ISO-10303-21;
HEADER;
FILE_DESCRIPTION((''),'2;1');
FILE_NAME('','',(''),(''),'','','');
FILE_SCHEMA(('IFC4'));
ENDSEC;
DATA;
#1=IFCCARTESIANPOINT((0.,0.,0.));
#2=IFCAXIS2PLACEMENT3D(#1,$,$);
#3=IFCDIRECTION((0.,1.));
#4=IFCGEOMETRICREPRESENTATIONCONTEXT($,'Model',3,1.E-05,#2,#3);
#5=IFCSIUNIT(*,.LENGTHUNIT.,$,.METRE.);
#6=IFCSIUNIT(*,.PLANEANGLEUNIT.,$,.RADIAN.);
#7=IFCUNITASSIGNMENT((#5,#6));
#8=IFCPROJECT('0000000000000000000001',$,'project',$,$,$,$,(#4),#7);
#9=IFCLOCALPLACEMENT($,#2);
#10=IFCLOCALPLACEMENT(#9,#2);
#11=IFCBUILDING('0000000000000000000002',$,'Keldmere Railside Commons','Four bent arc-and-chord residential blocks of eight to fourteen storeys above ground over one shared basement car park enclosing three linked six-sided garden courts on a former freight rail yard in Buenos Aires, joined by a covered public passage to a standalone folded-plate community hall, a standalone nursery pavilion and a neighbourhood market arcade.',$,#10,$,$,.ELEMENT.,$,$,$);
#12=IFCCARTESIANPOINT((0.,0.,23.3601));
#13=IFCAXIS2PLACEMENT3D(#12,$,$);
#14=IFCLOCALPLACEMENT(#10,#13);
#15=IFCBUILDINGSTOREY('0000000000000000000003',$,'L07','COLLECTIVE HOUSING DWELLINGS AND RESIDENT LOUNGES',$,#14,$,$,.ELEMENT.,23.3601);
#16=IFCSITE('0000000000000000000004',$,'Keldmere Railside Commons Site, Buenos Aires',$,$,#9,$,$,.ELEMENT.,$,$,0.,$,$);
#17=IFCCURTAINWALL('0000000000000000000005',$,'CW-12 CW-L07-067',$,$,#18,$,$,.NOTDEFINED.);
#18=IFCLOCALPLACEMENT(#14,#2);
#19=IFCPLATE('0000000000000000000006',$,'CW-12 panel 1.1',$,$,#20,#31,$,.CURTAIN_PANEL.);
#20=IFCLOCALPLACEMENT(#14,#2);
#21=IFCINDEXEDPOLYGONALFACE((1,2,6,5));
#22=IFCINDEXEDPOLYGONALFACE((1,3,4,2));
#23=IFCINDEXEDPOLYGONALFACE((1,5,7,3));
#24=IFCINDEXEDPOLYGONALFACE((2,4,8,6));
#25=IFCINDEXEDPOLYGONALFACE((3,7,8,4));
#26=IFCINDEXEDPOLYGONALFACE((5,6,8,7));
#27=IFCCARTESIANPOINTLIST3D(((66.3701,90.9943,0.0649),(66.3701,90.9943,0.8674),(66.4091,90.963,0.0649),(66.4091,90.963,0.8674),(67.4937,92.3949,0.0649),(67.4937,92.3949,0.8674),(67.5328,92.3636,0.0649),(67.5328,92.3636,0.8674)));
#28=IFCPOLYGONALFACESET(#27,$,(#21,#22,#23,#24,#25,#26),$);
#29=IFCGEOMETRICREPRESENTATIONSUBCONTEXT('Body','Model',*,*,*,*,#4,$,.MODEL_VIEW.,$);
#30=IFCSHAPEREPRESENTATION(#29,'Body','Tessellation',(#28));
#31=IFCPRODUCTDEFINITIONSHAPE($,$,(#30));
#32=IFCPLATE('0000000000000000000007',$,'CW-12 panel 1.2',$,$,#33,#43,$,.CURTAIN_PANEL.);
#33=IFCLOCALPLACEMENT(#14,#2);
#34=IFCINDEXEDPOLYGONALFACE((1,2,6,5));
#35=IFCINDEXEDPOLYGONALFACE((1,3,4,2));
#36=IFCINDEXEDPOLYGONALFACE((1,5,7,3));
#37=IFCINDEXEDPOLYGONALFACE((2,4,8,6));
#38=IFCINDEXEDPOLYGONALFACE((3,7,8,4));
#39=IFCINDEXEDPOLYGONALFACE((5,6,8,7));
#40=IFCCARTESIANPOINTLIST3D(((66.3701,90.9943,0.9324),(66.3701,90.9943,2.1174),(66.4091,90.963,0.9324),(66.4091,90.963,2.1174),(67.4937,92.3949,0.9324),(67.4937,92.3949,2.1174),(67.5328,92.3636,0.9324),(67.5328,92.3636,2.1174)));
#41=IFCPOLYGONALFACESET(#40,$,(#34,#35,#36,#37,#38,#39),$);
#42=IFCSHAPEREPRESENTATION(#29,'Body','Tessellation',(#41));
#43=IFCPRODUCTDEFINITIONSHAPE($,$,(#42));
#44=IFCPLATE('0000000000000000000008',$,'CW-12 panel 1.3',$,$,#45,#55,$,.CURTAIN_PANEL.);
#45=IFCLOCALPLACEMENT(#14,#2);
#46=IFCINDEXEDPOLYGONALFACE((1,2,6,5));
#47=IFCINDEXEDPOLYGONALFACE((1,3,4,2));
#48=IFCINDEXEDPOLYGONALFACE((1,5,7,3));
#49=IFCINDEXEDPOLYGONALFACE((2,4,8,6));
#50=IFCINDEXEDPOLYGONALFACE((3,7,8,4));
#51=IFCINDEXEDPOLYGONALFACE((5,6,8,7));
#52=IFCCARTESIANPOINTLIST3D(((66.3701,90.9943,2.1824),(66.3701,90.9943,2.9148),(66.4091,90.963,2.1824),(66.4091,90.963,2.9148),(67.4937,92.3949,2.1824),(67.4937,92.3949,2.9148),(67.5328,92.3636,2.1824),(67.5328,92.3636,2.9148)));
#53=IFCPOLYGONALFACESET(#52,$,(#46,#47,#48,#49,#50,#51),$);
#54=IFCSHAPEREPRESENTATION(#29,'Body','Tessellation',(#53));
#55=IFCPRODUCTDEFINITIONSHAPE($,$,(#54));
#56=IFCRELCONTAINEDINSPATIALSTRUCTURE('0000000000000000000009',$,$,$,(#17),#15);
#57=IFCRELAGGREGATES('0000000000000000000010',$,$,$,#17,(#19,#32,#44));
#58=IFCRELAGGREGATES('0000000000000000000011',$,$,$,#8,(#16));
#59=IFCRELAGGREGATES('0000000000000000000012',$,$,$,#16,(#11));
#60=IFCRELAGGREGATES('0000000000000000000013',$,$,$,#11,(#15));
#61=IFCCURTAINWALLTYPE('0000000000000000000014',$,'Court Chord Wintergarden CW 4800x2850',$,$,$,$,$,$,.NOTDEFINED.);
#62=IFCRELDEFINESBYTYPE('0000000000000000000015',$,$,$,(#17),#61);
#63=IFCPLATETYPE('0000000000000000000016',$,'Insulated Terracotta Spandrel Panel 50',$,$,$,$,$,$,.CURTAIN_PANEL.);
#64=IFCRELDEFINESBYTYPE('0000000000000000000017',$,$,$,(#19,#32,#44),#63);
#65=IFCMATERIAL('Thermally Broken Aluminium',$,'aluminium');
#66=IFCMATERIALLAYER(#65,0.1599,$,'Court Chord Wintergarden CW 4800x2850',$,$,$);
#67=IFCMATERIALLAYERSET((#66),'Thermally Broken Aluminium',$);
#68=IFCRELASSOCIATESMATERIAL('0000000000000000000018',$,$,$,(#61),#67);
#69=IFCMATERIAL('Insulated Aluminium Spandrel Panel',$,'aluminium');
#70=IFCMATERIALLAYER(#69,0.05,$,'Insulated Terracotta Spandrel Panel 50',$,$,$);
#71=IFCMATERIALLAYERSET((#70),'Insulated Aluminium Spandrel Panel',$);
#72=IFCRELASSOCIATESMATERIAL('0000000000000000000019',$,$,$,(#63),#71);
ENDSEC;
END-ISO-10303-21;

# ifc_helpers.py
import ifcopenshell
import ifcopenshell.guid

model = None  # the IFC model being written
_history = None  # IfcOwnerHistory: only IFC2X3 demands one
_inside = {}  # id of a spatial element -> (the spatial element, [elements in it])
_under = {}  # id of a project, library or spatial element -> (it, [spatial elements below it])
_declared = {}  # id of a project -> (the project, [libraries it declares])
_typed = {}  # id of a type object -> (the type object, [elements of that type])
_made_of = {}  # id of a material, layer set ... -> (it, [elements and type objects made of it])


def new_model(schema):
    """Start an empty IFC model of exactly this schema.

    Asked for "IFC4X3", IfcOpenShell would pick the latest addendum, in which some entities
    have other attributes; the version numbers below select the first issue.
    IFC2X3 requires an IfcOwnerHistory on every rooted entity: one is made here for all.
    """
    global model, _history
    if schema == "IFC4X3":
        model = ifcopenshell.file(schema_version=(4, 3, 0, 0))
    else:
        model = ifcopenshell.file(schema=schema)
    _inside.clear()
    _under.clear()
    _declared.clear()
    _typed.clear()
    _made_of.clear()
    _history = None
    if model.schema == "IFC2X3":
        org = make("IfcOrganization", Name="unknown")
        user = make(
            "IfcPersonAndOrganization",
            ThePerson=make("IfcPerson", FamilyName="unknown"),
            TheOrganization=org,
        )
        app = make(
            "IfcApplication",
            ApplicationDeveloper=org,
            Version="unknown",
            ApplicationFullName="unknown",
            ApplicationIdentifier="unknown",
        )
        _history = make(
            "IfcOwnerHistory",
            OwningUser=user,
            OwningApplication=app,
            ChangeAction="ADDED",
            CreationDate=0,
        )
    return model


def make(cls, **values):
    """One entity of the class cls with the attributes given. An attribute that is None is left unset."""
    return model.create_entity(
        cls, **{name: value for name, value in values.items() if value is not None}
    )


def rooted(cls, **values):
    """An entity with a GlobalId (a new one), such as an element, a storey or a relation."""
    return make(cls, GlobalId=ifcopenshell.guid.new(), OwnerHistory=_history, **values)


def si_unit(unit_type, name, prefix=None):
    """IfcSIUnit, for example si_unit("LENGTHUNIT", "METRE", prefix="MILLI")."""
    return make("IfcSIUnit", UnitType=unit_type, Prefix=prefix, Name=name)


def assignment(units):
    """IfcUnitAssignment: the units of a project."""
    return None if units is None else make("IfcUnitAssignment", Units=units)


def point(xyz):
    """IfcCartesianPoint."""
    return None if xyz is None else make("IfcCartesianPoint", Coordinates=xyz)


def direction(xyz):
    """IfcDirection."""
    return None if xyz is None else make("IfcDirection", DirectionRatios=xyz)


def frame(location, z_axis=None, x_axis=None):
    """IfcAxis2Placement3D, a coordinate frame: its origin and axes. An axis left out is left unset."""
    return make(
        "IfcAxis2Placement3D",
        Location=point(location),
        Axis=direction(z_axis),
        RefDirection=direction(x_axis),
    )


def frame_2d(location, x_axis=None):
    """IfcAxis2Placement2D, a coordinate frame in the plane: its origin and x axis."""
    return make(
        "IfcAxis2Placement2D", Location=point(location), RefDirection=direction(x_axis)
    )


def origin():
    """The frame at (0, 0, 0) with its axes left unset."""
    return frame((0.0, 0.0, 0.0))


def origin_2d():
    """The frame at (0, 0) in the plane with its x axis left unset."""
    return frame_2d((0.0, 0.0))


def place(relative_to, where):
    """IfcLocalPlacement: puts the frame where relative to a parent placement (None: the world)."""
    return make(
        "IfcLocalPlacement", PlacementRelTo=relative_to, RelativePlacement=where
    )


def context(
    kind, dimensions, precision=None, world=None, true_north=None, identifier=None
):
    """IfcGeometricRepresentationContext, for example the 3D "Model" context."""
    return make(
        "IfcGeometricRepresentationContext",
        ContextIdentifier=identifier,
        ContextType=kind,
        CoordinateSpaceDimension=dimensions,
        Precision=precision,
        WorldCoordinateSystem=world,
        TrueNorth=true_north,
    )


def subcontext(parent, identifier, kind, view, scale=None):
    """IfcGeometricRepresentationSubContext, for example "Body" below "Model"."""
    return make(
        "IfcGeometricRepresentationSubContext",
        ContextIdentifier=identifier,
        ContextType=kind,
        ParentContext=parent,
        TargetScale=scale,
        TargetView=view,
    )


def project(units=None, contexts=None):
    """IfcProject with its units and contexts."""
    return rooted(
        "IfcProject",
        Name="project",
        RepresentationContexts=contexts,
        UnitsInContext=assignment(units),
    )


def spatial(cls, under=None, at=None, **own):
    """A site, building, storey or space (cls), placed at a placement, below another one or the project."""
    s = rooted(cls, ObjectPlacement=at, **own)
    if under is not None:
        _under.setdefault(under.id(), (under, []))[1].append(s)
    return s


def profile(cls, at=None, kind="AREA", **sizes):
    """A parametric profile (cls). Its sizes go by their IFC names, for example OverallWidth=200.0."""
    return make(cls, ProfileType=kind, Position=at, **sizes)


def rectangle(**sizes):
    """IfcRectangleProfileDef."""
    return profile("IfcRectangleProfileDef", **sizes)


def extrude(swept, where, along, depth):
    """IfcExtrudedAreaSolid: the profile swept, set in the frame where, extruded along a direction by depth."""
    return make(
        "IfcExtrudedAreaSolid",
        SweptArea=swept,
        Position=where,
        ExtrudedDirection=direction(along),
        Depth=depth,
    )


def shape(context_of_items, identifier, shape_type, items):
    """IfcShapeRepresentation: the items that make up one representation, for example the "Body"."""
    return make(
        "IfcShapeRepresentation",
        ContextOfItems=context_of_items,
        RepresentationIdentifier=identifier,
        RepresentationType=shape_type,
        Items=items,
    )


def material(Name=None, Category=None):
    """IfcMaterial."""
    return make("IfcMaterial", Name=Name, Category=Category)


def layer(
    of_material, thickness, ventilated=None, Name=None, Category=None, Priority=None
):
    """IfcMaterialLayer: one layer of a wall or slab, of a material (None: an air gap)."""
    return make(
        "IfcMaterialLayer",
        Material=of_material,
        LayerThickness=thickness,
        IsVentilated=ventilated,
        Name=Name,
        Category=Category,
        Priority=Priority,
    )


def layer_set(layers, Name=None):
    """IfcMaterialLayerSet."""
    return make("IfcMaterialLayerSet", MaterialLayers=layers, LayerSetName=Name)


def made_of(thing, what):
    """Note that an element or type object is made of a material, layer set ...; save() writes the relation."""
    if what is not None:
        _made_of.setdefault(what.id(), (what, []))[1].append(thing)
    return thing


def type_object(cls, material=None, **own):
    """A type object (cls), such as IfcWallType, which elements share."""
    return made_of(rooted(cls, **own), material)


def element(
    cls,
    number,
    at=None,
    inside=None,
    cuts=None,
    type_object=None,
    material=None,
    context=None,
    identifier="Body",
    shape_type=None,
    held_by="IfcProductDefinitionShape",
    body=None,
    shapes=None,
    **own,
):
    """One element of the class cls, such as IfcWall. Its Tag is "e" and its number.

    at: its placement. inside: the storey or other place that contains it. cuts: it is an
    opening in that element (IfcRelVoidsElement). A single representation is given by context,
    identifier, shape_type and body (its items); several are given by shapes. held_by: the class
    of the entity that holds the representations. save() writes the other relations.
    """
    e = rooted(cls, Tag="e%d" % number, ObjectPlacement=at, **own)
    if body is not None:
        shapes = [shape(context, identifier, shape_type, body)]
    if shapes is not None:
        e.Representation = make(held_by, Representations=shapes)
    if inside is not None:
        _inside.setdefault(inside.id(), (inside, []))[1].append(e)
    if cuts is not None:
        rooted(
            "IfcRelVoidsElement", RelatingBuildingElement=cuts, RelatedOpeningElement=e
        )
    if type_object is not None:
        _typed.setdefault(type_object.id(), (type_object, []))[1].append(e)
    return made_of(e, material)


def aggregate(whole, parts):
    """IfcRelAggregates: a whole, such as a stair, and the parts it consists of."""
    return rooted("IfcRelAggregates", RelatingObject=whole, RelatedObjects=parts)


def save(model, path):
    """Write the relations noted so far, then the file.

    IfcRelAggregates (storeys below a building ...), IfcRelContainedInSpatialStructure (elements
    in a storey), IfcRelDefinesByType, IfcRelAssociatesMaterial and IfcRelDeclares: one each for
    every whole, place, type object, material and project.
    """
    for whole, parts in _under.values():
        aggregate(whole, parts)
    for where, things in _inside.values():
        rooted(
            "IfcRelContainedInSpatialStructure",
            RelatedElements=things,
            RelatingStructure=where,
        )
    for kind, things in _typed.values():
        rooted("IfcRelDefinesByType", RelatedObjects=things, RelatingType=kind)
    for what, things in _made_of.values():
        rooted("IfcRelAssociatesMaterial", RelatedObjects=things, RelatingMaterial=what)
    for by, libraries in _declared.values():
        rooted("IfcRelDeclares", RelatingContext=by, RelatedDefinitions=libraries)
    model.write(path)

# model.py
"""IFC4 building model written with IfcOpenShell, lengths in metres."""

from ifc_helpers import new_model, si_unit, direction, frame, origin, origin_2d, place, context, subcontext, project, spatial, rectangle, extrude, material, layer, layer_set, type_object, element, aggregate, save


model = new_model("IFC4")

# Units and contexts
model_context = context("Model", 3, precision=1e-05, world=origin(), true_north=direction((0.0, 1.0)))
body_context = subcontext(model_context, "Body", "Model", "MODEL_VIEW")
ifc_project = project(units=[si_unit("LENGTHUNIT", "METRE"), si_unit("PLANEANGLEUNIT", "RADIAN")], contexts=[model_context])

# Site, building, storey
site_placement = place(None, origin())
site = spatial("IfcSite", under=ifc_project, at=site_placement, Name="Keldmere Railside Commons Site, Buenos Aires", CompositionType="ELEMENT", RefElevation=0.0)
building_placement = place(site_placement, origin())
building = spatial("IfcBuilding", under=site, at=building_placement, Name="Keldmere Railside Commons", Description="Four bent arc-and-chord residential blocks of eight to fourteen storeys above ground over one shared basement car park enclosing three linked six-sided garden courts on a former freight rail yard in Buenos Aires, joined by a covered public passage to a standalone folded-plate community hall, a standalone nursery pavilion and a neighbourhood market arcade.", CompositionType="ELEMENT")
storey_placement = place(building_placement, frame((0.0, 0.0, 23.3601)))
storey = spatial("IfcBuildingStorey", under=building, at=storey_placement, Name="L07", Description="COLLECTIVE HOUSING DWELLINGS AND RESIDENT LOUNGES", CompositionType="ELEMENT", Elevation=23.3601)

# Curtain wall
ifc_material_1 = material(Name="Thermally Broken Aluminium", Category="aluminium")
ifc_layer_1 = layer(ifc_material_1, 0.1599, Name="Court Chord Wintergarden CW 4800x2850")
ifc_layer_set_1 = layer_set([ifc_layer_1], Name="Thermally Broken Aluminium")
curtain_wall_type_1 = type_object("IfcCurtainWallType", Name="Court Chord Wintergarden CW 4800x2850", PredefinedType="NOTDEFINED", material=ifc_layer_set_1)
curtain_wall_1_placement = place(storey_placement, origin())
curtain_wall_1 = element("IfcCurtainWall", 1, at=curtain_wall_1_placement, inside=storey, type_object=curtain_wall_type_1, Name="CW-12 CW-L07-067", PredefinedType="NOTDEFINED")

# Plates
ifc_material_2 = material(Name="Insulated Aluminium Spandrel Panel", Category="aluminium")
ifc_layer_2 = layer(ifc_material_2, 0.05, Name="Insulated Terracotta Spandrel Panel 50")
ifc_layer_set_2 = layer_set([ifc_layer_2], Name="Insulated Aluminium Spandrel Panel")
plate_type_1 = type_object("IfcPlateType", Name="Insulated Terracotta Spandrel Panel 50", PredefinedType="CURTAIN_PANEL", material=ifc_layer_set_2)
plate_1_placement = place(storey_placement, frame((66.9514, 91.679, 0.0649), z_axis=(0.0, 0.0, 1.0), x_axis=(-0.625768, -0.780009, 0.0)))
plate_1 = element("IfcPlate", 2, at=plate_1_placement, type_object=plate_type_1, Name="CW-12 panel 1.1", PredefinedType="CURTAIN_PANEL", context=body_context, shape_type="SweptSolid", body=[
    extrude(rectangle(XDim=1.7957, YDim=0.05, at=origin_2d()), origin(), (0.0, 0.0, 1.0), 0.8025),
])
plate_2_placement = place(storey_placement, frame((66.9514, 91.679, 0.9324), z_axis=(0.0, 0.0, 1.0), x_axis=(-0.625768, -0.780009, 0.0)))
plate_2 = element("IfcPlate", 3, at=plate_2_placement, type_object=plate_type_1, Name="CW-12 panel 1.2", PredefinedType="CURTAIN_PANEL", context=body_context, shape_type="SweptSolid", body=[
    extrude(rectangle(XDim=1.7957, YDim=0.05, at=origin_2d()), origin(), (0.0, 0.0, 1.0), 1.1851),
])
plate_3_placement = place(storey_placement, frame((66.9514, 91.679, 2.1824), z_axis=(0.0, 0.0, 1.0), x_axis=(-0.625768, -0.780009, 0.0)))
plate_3 = element("IfcPlate", 4, at=plate_3_placement, type_object=plate_type_1, Name="CW-12 panel 1.3", PredefinedType="CURTAIN_PANEL", context=body_context, shape_type="SweptSolid", body=[
    extrude(rectangle(XDim=1.7957, YDim=0.05, at=origin_2d()), origin(), (0.0, 0.0, 1.0), 0.7324),
])
aggregate(curtain_wall_1, [plate_1, plate_2, plate_3])

save(model, "model.ifc")
